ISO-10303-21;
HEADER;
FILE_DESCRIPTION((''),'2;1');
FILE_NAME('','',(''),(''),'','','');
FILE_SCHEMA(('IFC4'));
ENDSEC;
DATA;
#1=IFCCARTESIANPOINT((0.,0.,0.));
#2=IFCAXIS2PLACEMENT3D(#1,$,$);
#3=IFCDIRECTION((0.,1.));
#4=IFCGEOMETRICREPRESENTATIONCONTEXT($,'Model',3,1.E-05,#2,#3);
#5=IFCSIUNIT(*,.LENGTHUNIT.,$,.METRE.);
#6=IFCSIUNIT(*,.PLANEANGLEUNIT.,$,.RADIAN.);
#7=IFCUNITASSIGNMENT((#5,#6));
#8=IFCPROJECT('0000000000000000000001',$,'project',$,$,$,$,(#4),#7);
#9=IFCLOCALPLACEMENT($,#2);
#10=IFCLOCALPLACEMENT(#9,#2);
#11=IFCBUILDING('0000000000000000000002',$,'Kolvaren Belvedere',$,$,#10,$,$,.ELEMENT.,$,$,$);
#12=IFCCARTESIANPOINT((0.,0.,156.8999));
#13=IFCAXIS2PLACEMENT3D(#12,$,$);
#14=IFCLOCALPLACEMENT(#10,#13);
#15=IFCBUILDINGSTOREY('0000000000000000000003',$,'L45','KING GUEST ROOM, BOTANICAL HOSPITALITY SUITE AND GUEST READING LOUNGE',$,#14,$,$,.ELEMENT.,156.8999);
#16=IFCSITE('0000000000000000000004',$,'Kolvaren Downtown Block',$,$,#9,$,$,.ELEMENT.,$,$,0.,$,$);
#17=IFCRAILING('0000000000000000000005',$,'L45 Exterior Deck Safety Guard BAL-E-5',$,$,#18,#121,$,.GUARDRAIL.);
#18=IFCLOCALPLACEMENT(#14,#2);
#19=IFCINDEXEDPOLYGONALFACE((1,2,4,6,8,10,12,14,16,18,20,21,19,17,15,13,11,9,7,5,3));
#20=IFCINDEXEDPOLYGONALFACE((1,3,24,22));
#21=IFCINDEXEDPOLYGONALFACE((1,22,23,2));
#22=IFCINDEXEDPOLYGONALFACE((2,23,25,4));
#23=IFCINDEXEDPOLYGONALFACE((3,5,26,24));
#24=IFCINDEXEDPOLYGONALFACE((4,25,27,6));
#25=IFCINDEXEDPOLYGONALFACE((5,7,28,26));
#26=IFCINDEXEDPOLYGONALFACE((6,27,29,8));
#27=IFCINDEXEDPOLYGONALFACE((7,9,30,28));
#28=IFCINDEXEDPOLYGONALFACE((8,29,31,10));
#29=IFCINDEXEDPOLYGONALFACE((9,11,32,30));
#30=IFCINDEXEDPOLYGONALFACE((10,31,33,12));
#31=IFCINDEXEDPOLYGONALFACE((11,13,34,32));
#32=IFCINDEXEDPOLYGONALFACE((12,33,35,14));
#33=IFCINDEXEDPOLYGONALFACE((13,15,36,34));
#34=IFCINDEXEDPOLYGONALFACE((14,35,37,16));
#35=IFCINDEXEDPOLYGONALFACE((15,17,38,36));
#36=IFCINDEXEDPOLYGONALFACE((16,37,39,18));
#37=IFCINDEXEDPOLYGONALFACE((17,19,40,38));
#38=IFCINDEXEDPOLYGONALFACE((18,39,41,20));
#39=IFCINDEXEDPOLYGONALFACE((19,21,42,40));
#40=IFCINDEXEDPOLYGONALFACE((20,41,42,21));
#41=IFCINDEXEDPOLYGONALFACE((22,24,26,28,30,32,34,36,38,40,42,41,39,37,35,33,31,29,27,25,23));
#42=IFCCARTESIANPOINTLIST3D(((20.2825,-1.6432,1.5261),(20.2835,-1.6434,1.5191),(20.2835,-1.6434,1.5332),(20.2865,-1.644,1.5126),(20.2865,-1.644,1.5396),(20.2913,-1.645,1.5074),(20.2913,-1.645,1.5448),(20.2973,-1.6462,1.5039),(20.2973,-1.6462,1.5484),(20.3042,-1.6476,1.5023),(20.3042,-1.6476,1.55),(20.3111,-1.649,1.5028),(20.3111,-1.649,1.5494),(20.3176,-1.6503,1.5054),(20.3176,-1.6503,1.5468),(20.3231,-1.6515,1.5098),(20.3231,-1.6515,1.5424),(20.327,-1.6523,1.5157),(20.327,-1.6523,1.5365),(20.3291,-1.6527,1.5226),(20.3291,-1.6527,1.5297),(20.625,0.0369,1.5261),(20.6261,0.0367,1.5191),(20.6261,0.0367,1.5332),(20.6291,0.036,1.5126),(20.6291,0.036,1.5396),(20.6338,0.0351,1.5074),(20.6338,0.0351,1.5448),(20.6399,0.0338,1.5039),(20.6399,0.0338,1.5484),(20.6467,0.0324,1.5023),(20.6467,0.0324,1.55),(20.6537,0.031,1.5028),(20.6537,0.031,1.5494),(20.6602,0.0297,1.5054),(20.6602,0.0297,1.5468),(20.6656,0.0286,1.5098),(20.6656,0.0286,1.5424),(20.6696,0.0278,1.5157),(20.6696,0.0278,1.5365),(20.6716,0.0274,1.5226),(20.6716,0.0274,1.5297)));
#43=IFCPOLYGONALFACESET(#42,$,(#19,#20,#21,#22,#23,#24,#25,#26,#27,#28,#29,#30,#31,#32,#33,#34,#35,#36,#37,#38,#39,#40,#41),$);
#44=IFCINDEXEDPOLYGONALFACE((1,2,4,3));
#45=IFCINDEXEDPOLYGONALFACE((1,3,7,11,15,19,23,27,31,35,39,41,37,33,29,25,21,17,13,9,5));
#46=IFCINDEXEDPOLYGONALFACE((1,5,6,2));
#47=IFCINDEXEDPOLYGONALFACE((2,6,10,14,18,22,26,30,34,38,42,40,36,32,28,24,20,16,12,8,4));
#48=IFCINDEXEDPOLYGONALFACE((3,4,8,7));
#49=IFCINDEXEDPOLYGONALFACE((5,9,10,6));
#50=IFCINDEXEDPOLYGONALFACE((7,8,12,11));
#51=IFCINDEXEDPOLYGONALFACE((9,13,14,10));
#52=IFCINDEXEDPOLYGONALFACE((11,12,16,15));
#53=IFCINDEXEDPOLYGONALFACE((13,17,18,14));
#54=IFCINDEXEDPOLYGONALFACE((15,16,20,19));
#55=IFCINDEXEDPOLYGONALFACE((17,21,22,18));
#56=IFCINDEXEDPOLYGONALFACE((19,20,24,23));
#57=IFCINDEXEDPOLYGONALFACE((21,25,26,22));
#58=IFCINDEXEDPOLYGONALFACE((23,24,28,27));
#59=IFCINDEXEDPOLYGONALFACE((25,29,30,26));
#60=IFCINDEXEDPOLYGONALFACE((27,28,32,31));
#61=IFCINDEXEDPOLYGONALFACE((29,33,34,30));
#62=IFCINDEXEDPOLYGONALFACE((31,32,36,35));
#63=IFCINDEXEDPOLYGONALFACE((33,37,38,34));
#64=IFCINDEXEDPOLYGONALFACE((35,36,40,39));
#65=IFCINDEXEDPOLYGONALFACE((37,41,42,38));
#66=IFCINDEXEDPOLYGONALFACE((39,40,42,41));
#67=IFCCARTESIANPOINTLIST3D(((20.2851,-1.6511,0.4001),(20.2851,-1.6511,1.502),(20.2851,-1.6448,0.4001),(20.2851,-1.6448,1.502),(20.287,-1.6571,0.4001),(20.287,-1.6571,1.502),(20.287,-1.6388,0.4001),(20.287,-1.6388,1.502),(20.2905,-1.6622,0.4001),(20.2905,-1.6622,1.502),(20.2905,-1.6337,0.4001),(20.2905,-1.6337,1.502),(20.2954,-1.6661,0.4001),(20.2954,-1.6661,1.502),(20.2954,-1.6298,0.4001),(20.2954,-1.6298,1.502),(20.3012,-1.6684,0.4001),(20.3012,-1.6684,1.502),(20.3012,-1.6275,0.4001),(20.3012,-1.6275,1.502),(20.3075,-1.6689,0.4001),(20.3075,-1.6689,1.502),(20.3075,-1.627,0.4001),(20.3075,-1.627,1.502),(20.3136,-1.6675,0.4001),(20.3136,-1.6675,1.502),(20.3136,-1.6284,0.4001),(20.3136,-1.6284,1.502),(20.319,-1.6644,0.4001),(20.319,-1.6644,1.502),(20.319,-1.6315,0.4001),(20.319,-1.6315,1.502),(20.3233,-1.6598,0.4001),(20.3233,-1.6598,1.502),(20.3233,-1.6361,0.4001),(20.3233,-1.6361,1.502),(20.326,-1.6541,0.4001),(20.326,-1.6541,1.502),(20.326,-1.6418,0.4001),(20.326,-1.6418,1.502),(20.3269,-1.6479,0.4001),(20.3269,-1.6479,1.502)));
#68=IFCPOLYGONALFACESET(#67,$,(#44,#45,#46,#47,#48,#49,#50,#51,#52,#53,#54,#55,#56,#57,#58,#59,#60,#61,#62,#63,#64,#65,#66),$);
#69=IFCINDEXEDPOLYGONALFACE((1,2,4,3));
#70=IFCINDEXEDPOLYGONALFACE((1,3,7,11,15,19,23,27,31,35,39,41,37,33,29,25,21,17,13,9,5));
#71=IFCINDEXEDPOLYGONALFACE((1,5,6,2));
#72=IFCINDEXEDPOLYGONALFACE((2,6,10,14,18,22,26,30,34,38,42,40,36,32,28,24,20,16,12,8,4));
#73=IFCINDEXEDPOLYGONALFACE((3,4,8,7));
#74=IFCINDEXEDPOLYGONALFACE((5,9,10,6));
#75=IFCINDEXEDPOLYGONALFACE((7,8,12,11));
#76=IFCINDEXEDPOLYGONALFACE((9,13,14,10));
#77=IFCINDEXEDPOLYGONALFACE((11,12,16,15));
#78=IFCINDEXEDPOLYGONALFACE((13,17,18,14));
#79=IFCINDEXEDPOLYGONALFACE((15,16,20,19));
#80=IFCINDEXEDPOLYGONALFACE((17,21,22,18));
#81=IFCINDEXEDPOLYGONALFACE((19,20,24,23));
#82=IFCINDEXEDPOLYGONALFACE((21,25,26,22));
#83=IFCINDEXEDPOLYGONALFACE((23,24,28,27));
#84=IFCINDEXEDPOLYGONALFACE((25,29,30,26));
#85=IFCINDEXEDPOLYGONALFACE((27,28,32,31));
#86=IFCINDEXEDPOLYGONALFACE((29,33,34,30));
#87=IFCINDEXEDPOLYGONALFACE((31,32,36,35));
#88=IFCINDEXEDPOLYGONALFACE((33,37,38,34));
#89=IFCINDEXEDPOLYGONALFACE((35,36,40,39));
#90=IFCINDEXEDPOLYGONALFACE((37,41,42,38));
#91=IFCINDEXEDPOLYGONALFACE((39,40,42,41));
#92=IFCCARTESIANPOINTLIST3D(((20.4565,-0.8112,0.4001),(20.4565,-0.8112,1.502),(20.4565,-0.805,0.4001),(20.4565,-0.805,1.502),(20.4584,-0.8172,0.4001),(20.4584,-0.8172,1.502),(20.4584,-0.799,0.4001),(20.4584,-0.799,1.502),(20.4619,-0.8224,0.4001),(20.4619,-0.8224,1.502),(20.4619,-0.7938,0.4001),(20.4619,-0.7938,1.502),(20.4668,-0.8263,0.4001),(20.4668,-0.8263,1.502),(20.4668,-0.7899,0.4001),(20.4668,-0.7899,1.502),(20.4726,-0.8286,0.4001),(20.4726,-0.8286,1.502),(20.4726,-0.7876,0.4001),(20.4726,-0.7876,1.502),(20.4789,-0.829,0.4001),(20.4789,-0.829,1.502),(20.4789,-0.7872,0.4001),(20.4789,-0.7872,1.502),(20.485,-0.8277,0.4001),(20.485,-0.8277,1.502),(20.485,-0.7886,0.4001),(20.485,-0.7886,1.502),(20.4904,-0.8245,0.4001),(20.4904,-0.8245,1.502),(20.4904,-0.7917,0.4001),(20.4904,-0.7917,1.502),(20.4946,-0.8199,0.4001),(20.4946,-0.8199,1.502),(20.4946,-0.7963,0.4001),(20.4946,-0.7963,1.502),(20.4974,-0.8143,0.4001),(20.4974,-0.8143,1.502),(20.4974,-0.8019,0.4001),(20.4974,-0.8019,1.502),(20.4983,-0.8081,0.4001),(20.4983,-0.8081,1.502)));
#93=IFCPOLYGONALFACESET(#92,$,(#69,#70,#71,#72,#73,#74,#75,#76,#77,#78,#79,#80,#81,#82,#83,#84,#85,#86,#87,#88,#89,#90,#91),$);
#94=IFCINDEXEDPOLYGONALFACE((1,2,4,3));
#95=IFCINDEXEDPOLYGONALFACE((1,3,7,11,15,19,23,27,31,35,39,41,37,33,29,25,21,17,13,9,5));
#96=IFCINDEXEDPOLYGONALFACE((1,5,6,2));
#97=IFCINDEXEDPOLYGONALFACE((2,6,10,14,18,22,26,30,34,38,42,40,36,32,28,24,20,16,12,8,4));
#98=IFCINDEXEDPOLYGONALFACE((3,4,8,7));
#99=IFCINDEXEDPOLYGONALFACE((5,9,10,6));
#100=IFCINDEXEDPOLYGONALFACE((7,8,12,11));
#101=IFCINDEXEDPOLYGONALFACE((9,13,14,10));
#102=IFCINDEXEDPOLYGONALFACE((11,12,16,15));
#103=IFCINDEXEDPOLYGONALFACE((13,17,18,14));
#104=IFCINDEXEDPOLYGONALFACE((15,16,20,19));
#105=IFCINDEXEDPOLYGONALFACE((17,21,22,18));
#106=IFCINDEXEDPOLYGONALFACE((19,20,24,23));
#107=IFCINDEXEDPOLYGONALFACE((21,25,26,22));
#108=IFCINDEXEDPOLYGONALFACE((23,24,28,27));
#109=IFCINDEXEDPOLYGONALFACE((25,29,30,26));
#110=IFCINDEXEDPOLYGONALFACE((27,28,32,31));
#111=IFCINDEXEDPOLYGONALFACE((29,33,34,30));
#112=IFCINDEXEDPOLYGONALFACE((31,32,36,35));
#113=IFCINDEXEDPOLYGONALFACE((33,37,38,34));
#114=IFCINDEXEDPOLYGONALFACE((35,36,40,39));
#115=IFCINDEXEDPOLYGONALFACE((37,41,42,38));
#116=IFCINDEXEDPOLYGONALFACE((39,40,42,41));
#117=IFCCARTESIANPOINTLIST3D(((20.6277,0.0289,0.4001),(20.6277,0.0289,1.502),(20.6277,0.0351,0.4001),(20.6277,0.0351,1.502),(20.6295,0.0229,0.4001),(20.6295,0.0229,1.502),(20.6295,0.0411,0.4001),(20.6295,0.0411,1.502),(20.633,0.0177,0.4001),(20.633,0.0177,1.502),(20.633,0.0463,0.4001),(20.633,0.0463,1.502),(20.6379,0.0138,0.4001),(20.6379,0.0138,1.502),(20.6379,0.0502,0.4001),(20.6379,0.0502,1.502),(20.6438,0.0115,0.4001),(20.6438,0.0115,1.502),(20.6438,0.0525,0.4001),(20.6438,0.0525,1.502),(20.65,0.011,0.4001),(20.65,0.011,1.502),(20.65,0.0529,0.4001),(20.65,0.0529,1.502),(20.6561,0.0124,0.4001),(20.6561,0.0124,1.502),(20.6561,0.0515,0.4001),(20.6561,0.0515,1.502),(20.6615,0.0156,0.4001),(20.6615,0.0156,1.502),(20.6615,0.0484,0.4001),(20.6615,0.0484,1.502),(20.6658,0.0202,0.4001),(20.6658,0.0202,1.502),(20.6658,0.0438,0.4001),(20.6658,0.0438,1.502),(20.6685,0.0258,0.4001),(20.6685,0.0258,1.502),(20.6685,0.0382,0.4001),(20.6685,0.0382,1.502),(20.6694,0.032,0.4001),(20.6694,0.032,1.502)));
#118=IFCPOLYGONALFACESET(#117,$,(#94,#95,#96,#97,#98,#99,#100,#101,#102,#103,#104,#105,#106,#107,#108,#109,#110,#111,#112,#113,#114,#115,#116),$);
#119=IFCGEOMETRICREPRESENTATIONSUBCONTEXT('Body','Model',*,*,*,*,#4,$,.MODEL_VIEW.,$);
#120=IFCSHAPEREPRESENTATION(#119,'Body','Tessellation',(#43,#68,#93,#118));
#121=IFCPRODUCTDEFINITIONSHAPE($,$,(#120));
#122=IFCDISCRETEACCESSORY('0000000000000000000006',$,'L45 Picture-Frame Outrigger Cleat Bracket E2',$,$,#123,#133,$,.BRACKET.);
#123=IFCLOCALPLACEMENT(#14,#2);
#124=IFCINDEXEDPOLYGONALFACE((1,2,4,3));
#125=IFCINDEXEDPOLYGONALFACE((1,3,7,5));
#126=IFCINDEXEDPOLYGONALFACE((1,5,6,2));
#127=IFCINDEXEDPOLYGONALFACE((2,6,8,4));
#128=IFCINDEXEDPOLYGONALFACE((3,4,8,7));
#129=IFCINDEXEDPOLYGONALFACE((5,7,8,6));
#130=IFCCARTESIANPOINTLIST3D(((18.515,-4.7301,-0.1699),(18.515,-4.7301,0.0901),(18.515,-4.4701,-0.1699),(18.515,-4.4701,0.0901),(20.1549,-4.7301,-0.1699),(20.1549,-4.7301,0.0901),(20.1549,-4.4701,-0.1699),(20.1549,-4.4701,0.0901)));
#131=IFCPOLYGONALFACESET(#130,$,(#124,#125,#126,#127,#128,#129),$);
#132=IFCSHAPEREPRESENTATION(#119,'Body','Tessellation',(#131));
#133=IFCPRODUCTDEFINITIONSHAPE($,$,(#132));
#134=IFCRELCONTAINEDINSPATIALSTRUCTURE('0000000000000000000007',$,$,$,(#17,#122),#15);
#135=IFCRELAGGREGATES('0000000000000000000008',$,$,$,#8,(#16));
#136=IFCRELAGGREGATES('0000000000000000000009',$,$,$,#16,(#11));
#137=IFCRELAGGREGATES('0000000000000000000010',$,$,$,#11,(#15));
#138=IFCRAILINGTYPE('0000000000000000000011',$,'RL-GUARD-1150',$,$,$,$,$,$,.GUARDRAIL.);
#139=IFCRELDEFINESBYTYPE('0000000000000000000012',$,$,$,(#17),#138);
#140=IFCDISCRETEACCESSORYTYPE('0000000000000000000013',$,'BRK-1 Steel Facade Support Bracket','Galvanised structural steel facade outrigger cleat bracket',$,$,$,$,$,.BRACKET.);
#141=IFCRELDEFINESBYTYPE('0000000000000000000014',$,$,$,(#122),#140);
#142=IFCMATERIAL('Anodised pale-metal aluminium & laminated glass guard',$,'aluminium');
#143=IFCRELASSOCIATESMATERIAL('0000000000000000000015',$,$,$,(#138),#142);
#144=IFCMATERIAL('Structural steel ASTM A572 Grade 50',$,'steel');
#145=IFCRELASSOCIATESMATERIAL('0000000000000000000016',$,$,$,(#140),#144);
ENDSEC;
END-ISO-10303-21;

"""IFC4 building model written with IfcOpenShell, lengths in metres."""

from ifc_helpers import new_model, si_unit, direction, frame, origin, origin_2d, place, context, subcontext, project, spatial, rectangle, circle, extrude, material, type_object, element, save


model = new_model("IFC4")

# Units and contexts
model_context = context("Model", 3, precision=1e-05, world=origin(), true_north=direction((0.0, 1.0)))
body_context = subcontext(model_context, "Body", "Model", "MODEL_VIEW")
ifc_project = project(units=[si_unit("LENGTHUNIT", "METRE"), si_unit("PLANEANGLEUNIT", "RADIAN")], contexts=[model_context])

# Site, building, storey
site_placement = place(None, origin())
site = spatial("IfcSite", under=ifc_project, at=site_placement, Name="Kolvaren Downtown Block", CompositionType="ELEMENT", RefElevation=0.0)
building_placement = place(site_placement, origin())
building = spatial("IfcBuilding", under=site, at=building_placement, Name="Kolvaren Belvedere", CompositionType="ELEMENT")
storey_placement = place(building_placement, frame((0.0, 0.0, 156.8999)))
storey = spatial("IfcBuildingStorey", under=building, at=storey_placement, Name="L45", Description="KING GUEST ROOM, BOTANICAL HOSPITALITY SUITE AND GUEST READING LOUNGE", CompositionType="ELEMENT", Elevation=156.8999)

# Railing
ifc_material_1 = material(Name="Anodised pale-metal aluminium & laminated glass guard", Category="aluminium")
railing_type = type_object("IfcRailingType", Name="RL-GUARD-1150", PredefinedType="GUARDRAIL", material=ifc_material_1)
railing_1_placement = place(storey_placement, frame((20.3059, -1.6479, 0.4001)))
element("IfcRailing", 1, at=railing_1_placement, inside=storey, type_object=railing_type, Name="L45 Exterior Deck Safety Guard BAL-E-5", PredefinedType="GUARDRAIL", context=body_context, shape_type="SweptSolid", body=[
    extrude(circle(Radius=0.0239, at=origin_2d()), frame((0.0, 0.0, 1.126), z_axis=(0.199784, 0.97984, 0.0), x_axis=(-0.97984, 0.199784, 0.0)), (0.0, 0.0, 1.0), 1.7146),
    extrude(circle(Radius=0.021, at=origin_2d()), origin(), (0.0, 0.0, 1.0), 1.1018),
    extrude(circle(Radius=0.021, at=origin_2d()), frame((0.1714, 0.8398, 0.0)), (0.0, 0.0, 1.0), 1.1018),
    extrude(circle(Radius=0.021, at=origin_2d()), frame((0.3425, 1.6799, 0.0)), (0.0, 0.0, 1.0), 1.1018),
])

# Discrete accessory
ifc_material_2 = material(Name="Structural steel ASTM A572 Grade 50", Category="steel")
discrete_accessory_type = type_object("IfcDiscreteAccessoryType", Name="BRK-1 Steel Facade Support Bracket", Description="Galvanised structural steel facade outrigger cleat bracket", PredefinedType="BRACKET", material=ifc_material_2)
discrete_accessory_placement = place(storey_placement, frame((19.335, -4.6001, -0.1699), z_axis=(0.0, 0.0, 1.0), x_axis=(1.0, 0.0, 0.0)))
element("IfcDiscreteAccessory", 2, at=discrete_accessory_placement, inside=storey, type_object=discrete_accessory_type, Name="L45 Picture-Frame Outrigger Cleat Bracket E2", PredefinedType="BRACKET", context=body_context, shape_type="SweptSolid", body=[
    extrude(rectangle(XDim=1.6399, YDim=0.26, at=origin_2d()), origin(), (0.0, 0.0, 1.0), 0.26),
])

save(model, "model.ifc")
